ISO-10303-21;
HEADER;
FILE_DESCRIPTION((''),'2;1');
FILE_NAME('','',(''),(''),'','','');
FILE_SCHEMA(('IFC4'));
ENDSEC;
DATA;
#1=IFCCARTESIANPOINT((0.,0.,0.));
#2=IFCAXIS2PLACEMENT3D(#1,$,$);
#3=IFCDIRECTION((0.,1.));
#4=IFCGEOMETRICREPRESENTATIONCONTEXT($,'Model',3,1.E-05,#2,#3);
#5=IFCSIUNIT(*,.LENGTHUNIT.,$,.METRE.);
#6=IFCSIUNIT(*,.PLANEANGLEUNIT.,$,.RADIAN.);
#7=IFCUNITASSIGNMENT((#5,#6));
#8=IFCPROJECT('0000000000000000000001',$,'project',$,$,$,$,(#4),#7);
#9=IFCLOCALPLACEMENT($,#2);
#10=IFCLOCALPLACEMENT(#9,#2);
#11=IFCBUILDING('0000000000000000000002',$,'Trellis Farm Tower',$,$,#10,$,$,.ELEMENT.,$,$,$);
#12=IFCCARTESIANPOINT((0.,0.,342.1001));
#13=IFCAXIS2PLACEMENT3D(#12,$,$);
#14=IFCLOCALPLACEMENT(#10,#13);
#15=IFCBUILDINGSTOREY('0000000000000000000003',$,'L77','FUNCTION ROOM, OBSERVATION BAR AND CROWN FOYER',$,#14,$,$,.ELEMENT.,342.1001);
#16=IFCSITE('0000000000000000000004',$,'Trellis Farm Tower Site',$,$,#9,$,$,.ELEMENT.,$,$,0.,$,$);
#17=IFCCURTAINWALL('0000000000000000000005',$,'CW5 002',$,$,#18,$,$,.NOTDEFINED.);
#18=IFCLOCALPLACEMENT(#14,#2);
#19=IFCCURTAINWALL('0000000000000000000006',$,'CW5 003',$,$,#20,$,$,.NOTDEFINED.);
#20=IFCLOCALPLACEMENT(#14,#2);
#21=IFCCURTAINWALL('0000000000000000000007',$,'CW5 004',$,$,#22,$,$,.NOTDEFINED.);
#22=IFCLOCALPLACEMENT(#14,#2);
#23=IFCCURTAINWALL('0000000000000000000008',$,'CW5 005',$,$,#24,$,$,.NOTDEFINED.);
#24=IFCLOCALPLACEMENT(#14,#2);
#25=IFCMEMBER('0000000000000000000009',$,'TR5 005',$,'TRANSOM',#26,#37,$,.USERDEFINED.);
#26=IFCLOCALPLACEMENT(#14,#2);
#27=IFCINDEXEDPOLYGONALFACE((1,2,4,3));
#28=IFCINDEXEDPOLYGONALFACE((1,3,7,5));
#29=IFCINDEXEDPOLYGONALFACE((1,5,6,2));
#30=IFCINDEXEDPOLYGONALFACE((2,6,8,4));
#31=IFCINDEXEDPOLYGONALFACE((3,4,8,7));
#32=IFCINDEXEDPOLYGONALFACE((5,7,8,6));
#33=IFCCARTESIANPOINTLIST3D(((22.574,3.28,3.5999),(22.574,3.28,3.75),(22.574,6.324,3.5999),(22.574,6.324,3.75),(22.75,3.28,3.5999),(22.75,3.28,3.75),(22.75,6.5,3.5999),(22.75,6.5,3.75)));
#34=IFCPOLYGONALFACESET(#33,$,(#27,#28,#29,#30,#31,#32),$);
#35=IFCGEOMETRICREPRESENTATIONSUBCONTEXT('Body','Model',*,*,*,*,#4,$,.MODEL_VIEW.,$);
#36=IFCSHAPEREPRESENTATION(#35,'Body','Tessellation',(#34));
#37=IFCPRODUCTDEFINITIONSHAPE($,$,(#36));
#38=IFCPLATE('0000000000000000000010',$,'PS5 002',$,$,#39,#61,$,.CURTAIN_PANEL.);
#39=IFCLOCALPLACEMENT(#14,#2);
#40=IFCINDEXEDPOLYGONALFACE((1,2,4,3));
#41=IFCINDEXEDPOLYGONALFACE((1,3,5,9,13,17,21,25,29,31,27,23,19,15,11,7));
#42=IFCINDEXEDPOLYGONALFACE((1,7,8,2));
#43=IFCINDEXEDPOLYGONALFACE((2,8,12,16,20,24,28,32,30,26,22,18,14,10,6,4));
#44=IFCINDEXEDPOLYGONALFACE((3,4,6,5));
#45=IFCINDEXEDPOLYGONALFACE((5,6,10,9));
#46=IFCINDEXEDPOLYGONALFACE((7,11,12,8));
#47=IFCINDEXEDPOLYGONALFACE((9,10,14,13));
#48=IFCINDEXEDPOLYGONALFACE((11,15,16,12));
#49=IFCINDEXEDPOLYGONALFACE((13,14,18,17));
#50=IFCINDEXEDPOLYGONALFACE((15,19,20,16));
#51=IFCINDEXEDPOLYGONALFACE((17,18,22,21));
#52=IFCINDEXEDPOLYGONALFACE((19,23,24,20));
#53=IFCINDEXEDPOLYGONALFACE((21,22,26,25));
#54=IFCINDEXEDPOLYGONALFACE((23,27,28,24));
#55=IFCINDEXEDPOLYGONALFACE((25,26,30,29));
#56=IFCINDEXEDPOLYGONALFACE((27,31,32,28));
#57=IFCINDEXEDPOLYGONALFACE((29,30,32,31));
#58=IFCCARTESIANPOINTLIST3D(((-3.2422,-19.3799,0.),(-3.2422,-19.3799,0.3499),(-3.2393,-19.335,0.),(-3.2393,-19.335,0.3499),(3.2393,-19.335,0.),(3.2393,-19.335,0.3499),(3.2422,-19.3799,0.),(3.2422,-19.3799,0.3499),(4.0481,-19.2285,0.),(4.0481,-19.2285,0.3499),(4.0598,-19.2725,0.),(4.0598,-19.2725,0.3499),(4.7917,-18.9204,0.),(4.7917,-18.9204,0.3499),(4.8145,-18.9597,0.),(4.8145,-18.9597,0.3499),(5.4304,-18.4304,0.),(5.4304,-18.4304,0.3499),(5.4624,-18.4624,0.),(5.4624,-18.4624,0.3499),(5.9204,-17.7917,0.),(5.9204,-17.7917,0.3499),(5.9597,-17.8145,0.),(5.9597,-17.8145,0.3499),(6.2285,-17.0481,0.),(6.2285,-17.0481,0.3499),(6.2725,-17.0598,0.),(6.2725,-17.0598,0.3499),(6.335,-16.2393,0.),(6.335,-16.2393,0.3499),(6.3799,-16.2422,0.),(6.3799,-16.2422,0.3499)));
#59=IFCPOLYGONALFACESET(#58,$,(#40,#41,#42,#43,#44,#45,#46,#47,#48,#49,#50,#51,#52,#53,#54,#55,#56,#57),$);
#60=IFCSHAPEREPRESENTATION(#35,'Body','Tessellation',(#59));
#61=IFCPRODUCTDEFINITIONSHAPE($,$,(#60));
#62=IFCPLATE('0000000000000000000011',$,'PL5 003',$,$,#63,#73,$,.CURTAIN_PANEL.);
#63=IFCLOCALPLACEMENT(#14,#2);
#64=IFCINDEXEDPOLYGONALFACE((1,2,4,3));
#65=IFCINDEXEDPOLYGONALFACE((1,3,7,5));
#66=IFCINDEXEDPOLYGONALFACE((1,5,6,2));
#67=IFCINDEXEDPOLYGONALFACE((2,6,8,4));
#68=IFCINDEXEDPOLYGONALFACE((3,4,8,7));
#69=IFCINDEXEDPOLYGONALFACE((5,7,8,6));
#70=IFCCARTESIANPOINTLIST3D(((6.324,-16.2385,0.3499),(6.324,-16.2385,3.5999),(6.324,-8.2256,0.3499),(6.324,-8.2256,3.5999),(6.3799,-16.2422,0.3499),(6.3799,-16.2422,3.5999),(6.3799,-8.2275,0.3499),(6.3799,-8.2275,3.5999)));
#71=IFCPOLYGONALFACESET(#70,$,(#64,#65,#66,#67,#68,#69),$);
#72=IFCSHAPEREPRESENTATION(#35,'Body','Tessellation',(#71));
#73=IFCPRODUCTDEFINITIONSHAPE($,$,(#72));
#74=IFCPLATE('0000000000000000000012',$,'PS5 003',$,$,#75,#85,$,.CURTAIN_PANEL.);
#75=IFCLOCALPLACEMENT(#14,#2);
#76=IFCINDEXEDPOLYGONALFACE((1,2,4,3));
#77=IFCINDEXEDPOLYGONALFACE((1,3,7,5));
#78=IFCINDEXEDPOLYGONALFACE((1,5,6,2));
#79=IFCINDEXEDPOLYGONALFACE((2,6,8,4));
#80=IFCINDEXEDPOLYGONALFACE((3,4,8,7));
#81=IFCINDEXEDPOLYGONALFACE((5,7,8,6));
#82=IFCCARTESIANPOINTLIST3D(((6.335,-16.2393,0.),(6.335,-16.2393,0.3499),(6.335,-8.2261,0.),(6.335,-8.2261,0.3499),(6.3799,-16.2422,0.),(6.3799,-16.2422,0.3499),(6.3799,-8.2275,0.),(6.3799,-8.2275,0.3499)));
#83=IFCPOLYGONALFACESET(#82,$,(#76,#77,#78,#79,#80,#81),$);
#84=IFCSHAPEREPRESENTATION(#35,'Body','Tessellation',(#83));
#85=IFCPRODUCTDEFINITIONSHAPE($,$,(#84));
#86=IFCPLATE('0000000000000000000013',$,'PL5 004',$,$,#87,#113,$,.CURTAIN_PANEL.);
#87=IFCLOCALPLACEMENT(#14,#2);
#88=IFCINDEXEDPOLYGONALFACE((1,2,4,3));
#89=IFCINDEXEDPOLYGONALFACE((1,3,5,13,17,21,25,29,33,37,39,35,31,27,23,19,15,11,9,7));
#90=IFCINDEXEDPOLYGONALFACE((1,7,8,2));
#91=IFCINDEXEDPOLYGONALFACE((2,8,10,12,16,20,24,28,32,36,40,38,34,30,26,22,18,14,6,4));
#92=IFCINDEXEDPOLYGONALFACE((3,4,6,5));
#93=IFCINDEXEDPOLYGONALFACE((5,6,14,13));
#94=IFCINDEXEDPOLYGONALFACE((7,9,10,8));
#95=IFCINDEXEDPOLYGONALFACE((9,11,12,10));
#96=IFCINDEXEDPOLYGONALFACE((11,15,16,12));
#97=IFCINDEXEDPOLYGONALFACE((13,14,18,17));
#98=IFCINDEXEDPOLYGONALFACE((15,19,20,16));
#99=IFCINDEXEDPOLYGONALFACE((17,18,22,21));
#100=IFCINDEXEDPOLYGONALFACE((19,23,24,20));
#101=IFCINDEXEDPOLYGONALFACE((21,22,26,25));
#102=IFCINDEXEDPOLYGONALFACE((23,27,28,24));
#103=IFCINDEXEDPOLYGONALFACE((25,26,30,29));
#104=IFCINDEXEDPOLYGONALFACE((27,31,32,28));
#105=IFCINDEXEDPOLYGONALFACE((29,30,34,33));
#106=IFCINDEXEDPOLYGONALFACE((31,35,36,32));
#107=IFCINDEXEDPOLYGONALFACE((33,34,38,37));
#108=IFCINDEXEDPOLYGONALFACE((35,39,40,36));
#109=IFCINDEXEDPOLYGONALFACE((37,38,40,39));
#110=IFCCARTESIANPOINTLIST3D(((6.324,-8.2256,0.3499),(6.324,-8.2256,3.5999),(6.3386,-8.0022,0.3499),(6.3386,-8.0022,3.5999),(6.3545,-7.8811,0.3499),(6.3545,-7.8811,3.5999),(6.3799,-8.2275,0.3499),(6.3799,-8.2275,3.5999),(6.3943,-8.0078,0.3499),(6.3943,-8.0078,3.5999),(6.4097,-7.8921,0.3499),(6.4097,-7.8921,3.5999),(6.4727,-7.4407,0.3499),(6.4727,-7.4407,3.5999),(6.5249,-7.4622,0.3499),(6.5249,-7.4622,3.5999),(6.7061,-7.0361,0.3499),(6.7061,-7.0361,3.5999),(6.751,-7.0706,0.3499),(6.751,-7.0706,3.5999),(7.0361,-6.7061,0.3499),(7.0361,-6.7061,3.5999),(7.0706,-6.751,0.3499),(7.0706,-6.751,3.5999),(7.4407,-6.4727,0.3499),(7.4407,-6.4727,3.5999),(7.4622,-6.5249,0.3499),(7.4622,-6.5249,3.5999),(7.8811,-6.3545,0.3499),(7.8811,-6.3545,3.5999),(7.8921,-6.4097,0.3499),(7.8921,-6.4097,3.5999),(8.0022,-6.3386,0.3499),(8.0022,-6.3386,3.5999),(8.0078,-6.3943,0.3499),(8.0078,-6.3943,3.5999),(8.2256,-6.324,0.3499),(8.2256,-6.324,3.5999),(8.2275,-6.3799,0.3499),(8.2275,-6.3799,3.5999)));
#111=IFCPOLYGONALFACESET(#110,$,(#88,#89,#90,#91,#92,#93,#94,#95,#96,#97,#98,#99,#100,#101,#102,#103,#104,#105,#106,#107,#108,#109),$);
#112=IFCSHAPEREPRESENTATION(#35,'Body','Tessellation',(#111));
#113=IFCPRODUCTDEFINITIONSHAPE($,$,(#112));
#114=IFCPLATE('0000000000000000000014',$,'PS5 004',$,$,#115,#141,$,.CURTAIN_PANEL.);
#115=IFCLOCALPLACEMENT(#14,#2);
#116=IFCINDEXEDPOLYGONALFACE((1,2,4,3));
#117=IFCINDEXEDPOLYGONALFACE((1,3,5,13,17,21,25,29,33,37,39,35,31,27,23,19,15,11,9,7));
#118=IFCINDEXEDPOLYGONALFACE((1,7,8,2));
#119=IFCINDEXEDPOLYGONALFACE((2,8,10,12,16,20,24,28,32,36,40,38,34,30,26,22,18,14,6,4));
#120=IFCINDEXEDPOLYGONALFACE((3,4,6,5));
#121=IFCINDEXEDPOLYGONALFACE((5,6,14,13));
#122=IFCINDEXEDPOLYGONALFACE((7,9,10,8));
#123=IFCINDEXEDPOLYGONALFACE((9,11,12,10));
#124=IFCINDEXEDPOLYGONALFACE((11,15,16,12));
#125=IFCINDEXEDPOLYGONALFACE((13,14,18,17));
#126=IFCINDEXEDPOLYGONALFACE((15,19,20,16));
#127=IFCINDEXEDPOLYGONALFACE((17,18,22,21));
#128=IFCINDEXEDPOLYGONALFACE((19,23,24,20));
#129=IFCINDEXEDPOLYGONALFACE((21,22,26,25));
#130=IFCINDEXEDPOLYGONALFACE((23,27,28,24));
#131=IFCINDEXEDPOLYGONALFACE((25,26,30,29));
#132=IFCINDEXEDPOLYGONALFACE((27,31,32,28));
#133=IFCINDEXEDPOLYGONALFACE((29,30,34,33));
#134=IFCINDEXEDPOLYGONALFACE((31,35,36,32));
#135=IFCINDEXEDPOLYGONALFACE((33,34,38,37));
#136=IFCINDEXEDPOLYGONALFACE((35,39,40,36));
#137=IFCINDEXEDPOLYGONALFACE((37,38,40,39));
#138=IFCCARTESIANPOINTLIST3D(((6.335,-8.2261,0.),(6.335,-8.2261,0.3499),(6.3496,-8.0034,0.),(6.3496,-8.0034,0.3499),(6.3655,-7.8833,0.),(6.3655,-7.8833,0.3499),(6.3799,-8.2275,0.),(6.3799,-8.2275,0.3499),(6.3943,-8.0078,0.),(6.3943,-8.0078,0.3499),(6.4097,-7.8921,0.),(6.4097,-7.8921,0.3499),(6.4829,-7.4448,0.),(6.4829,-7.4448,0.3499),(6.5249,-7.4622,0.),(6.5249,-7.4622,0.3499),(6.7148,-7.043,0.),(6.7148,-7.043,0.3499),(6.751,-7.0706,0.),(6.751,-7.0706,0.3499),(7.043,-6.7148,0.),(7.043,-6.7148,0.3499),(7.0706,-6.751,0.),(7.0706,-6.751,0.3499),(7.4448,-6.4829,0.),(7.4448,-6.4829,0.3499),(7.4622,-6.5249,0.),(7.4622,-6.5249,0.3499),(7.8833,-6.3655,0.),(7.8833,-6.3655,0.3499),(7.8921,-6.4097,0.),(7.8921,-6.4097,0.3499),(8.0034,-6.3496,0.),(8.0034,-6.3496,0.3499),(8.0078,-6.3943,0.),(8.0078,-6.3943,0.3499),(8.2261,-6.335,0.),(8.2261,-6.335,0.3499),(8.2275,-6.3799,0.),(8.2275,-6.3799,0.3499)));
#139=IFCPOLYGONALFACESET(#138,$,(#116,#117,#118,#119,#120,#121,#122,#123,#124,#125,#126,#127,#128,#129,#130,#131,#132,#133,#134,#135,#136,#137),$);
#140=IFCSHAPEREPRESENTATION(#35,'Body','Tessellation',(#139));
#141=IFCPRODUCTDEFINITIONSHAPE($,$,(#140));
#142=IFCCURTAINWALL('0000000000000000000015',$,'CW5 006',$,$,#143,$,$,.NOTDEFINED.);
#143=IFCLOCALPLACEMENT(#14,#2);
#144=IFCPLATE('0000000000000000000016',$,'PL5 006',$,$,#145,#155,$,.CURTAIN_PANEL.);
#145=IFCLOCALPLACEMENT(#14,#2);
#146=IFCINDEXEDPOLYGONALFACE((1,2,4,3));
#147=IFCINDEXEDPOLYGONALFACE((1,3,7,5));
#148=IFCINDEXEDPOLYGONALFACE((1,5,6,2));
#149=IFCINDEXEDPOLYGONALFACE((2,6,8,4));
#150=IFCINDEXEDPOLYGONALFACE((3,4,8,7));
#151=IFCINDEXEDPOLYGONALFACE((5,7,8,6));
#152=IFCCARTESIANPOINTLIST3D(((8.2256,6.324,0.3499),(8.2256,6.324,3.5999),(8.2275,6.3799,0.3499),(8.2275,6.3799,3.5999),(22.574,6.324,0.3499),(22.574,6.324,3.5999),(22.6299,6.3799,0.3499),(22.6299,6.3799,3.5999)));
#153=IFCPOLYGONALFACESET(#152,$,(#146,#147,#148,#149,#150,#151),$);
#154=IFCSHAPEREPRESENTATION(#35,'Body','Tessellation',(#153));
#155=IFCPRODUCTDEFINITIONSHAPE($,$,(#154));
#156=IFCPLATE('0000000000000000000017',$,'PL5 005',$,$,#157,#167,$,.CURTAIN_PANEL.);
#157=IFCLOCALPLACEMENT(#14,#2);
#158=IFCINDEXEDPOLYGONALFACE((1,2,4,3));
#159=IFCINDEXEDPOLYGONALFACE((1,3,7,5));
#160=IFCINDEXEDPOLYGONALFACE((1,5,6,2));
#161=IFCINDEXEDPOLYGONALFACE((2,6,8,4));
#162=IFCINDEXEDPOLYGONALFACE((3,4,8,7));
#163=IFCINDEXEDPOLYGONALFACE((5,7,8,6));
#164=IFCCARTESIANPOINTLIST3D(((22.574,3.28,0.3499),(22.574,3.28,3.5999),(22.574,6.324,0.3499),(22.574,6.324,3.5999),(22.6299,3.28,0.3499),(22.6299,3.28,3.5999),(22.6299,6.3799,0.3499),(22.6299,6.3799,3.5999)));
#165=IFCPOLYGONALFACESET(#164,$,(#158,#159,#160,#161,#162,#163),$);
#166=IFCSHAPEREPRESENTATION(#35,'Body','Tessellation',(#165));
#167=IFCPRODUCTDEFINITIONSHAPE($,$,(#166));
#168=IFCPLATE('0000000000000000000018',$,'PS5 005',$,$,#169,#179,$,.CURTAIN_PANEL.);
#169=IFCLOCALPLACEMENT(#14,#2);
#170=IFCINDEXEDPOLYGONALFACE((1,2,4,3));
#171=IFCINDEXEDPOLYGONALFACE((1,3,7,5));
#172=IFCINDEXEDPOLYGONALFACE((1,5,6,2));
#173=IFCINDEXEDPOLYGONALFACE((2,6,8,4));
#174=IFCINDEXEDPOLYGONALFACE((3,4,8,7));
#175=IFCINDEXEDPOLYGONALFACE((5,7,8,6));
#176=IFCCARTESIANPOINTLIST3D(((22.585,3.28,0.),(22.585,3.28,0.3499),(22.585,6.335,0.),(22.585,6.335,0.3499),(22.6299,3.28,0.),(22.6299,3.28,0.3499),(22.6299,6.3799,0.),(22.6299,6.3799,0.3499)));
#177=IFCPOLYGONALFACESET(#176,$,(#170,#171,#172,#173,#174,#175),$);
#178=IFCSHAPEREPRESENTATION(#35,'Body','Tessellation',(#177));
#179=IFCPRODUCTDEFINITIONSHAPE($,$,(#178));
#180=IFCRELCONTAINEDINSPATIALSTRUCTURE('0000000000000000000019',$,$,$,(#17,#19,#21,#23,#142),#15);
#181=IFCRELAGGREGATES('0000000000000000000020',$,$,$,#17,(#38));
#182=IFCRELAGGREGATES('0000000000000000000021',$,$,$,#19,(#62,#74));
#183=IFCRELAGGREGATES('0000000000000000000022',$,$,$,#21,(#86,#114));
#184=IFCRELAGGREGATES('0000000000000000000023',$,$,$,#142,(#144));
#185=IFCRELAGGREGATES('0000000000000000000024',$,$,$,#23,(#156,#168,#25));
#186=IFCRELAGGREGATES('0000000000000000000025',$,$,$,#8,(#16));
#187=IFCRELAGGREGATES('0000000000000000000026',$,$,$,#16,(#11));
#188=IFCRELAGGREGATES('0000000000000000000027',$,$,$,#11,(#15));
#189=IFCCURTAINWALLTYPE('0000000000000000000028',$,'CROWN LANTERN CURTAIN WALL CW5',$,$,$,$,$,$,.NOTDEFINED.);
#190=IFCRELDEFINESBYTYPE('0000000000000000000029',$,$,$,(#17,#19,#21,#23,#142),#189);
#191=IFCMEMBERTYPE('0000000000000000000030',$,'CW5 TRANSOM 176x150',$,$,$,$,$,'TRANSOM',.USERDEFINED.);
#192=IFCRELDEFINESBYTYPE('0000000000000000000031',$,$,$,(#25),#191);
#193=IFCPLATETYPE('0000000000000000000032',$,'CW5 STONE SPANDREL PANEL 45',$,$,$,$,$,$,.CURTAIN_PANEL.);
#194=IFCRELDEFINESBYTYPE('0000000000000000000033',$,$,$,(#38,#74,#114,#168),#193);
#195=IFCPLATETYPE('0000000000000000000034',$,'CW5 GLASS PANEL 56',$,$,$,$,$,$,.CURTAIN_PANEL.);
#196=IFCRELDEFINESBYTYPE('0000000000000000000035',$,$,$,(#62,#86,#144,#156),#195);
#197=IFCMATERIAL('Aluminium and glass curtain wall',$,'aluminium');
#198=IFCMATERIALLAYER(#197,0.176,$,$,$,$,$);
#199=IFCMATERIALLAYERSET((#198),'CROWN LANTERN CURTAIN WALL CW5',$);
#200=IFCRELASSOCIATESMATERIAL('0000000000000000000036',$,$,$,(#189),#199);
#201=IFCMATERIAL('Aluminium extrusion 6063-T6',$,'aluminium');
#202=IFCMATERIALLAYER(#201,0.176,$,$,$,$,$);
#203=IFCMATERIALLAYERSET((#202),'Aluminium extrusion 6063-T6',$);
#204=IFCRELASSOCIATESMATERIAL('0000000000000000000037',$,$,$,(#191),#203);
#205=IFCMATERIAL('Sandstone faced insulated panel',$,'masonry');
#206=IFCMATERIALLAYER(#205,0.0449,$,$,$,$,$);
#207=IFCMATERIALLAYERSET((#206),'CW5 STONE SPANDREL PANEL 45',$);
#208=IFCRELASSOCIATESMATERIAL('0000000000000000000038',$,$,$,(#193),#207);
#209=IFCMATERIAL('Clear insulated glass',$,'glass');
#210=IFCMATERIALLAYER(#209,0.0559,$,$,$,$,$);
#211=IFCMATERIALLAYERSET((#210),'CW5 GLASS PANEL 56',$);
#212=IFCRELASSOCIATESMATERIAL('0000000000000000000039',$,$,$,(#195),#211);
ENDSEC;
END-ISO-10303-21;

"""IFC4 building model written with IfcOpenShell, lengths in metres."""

from ifc_helpers import new_model, si_unit, direction, frame, origin, place, context, subcontext, project, spatial, polyline, outline, extrude, source, transform, mapped, material, layer, layer_set, type_object, element, aggregate, save


model = new_model("IFC4")

# Units and contexts
model_context = context("Model", 3, precision=1e-05, world=origin(), true_north=direction((0.0, 1.0)))
body_context = subcontext(model_context, "Body", "Model", "MODEL_VIEW")
ifc_project = project(units=[si_unit("LENGTHUNIT", "METRE"), si_unit("PLANEANGLEUNIT", "RADIAN")], contexts=[model_context])

# Site, building, storey
site_placement = place(None, origin())
site = spatial("IfcSite", under=ifc_project, at=site_placement, Name="Trellis Farm Tower Site", CompositionType="ELEMENT", RefElevation=0.0)
building_placement = place(site_placement, origin())
building = spatial("IfcBuilding", under=site, at=building_placement, Name="Trellis Farm Tower", CompositionType="ELEMENT")
storey_placement = place(building_placement, frame((0.0, 0.0, 342.1001)))
storey = spatial("IfcBuildingStorey", under=building, at=storey_placement, Name="L77", Description="FUNCTION ROOM, OBSERVATION BAR AND CROWN FOYER", CompositionType="ELEMENT", Elevation=342.1001)

# Curtain wall
ifc_material_1 = material(Name="Aluminium and glass curtain wall", Category="aluminium")
ifc_layer_1 = layer(ifc_material_1, 0.176)
ifc_layer_set_1 = layer_set([ifc_layer_1], Name="CROWN LANTERN CURTAIN WALL CW5")
curtain_wall_type = type_object("IfcCurtainWallType", Name="CROWN LANTERN CURTAIN WALL CW5", PredefinedType="NOTDEFINED", material=ifc_layer_set_1)
placement_1 = place(storey_placement, origin())
curtain_wall_1 = element("IfcCurtainWall", 1, at=placement_1, inside=storey, type_object=curtain_wall_type, Name="CW5 002", PredefinedType="NOTDEFINED")
ifc_material_2 = material(Name="Aluminium extrusion 6063-T6", Category="aluminium")
ifc_layer_2 = layer(ifc_material_2, 0.176)
ifc_layer_set_2 = layer_set([ifc_layer_2], Name="Aluminium extrusion 6063-T6")
member_type_1 = type_object("IfcMemberType", Name="CW5 TRANSOM 176x150", ElementType="TRANSOM", PredefinedType="USERDEFINED", material=ifc_layer_set_2)
placement_2 = place(storey_placement, frame((0.0, 0.0, 3.5999)))

# Curtain walls, member
curtain_wall_2 = element("IfcCurtainWall", 2, at=placement_1, inside=storey, type_object=curtain_wall_type, Name="CW5 003", PredefinedType="NOTDEFINED")
curtain_wall_3 = element("IfcCurtainWall", 3, at=placement_1, inside=storey, type_object=curtain_wall_type, Name="CW5 004", PredefinedType="NOTDEFINED")
curtain_wall_4 = element("IfcCurtainWall", 4, at=placement_1, inside=storey, type_object=curtain_wall_type, Name="CW5 005", PredefinedType="NOTDEFINED")
shared_shape_1 = source(origin(), body_context, "Body", "SweptSolid", [
    extrude(outline(polyline([(22.75, 3.28), (22.75, 6.5), (22.574, 6.324), (22.574, 3.28), (22.75, 3.28)])), origin(), (0.0, 0.0, 1.0), 0.1501),
])
member_1 = element("IfcMember", 5, at=placement_2, type_object=member_type_1, Name="TR5 005", ObjectType="TRANSOM", PredefinedType="USERDEFINED", context=body_context, shape_type="MappedRepresentation", body=[
    mapped(shared_shape_1, transform((0.0, 0.0, 0.0))),
])

# Plates
ifc_material_3 = material(Name="Sandstone faced insulated panel", Category="masonry")
ifc_layer_3 = layer(ifc_material_3, 0.0449)
ifc_layer_set_3 = layer_set([ifc_layer_3], Name="CW5 STONE SPANDREL PANEL 45")
plate_type_1 = type_object("IfcPlateType", Name="CW5 STONE SPANDREL PANEL 45", PredefinedType="CURTAIN_PANEL", material=ifc_layer_set_3)
plate_1 = element("IfcPlate", 6, at=placement_1, type_object=plate_type_1, Name="PS5 002", PredefinedType="CURTAIN_PANEL", context=body_context, shape_type="SweptSolid", body=[
    extrude(outline(polyline([(-3.2422, -19.3799), (3.2422, -19.3799), (4.0598, -19.2725), (4.8145, -18.9597), (5.4624, -18.4624), (5.9597, -17.8145), (6.2725, -17.0598), (6.3799, -16.2422), (6.335, -16.2393), (6.2285, -17.0481), (5.9204, -17.7917), (5.4304, -18.4304), (4.7917, -18.9204), (4.0481, -19.2285), (3.2393, -19.335), (-3.2393, -19.335), (-3.2422, -19.3799)])), origin(), (0.0, 0.0, 1.0), 0.3499),
])
aggregate(curtain_wall_1, [plate_1])
ifc_material_4 = material(Name="Clear insulated glass", Category="glass")
ifc_layer_4 = layer(ifc_material_4, 0.0559)
ifc_layer_set_4 = layer_set([ifc_layer_4], Name="CW5 GLASS PANEL 56")
plate_type_2 = type_object("IfcPlateType", Name="CW5 GLASS PANEL 56", PredefinedType="CURTAIN_PANEL", material=ifc_layer_set_4)
shared_shape_2 = source(origin(), body_context, "Body", "SweptSolid", [
    extrude(outline(polyline([(6.3799, -16.2422), (6.3799, -8.2275), (6.324, -8.2256), (6.324, -16.2385), (6.3799, -16.2422)])), origin(), (0.0, 0.0, 1.0), 3.25),
])
placement_3 = place(storey_placement, frame((0.0, 0.0, 0.3499)))
plate_2 = element("IfcPlate", 7, at=placement_3, type_object=plate_type_2, Name="PL5 003", PredefinedType="CURTAIN_PANEL", context=body_context, shape_type="MappedRepresentation", body=[
    mapped(shared_shape_2, transform((0.0, 0.0, 0.0))),
])
shared_shape_3 = source(origin(), body_context, "Body", "SweptSolid", [
    extrude(outline(polyline([(6.3799, -16.2422), (6.3799, -8.2275), (6.335, -8.2261), (6.335, -16.2393), (6.3799, -16.2422)])), origin(), (0.0, 0.0, 1.0), 0.3499),
])
plate_3 = element("IfcPlate", 8, at=placement_1, type_object=plate_type_1, Name="PS5 003", PredefinedType="CURTAIN_PANEL", context=body_context, shape_type="MappedRepresentation", body=[
    mapped(shared_shape_3, transform((0.0, 0.0, 0.0))),
])
aggregate(curtain_wall_2, [plate_2, plate_3])
shared_shape_4 = source(origin(), body_context, "Body", "SweptSolid", [
    extrude(outline(polyline([(6.3799, -8.2275), (6.3943, -8.0078), (6.4097, -7.8921), (6.5249, -7.4622), (6.751, -7.0706), (7.0706, -6.751), (7.4622, -6.5249), (7.8921, -6.4097), (8.0078, -6.3943), (8.2275, -6.3799), (8.2256, -6.324), (8.0022, -6.3386), (7.8811, -6.3545), (7.4407, -6.4727), (7.0361, -6.7061), (6.7061, -7.0361), (6.4727, -7.4407), (6.3545, -7.8811), (6.3386, -8.0022), (6.324, -8.2256), (6.3799, -8.2275)])), origin(), (0.0, 0.0, 1.0), 3.25),
])
plate_4 = element("IfcPlate", 9, at=placement_3, type_object=plate_type_2, Name="PL5 004", PredefinedType="CURTAIN_PANEL", context=body_context, shape_type="MappedRepresentation", body=[
    mapped(shared_shape_4, transform((0.0, 0.0, 0.0))),
])
shared_shape_5 = source(origin(), body_context, "Body", "SweptSolid", [
    extrude(outline(polyline([(6.3799, -8.2275), (6.3943, -8.0078), (6.4097, -7.8921), (6.5249, -7.4622), (6.751, -7.0706), (7.0706, -6.751), (7.4622, -6.5249), (7.8921, -6.4097), (8.0078, -6.3943), (8.2275, -6.3799), (8.2261, -6.335), (8.0034, -6.3496), (7.8833, -6.3655), (7.4448, -6.4829), (7.043, -6.7148), (6.7148, -7.043), (6.4829, -7.4448), (6.3655, -7.8833), (6.3496, -8.0034), (6.335, -8.2261), (6.3799, -8.2275)])), origin(), (0.0, 0.0, 1.0), 0.3499),
])
plate_5 = element("IfcPlate", 10, at=placement_1, type_object=plate_type_1, Name="PS5 004", PredefinedType="CURTAIN_PANEL", context=body_context, shape_type="MappedRepresentation", body=[
    mapped(shared_shape_5, transform((0.0, 0.0, 0.0))),
])
aggregate(curtain_wall_3, [plate_4, plate_5])

# Curtain wall, plate
curtain_wall_5 = element("IfcCurtainWall", 11, at=placement_1, inside=storey, type_object=curtain_wall_type, Name="CW5 006", PredefinedType="NOTDEFINED")
shared_shape_6 = source(origin(), body_context, "Body", "SweptSolid", [
    extrude(outline(polyline([(22.6299, 6.3799), (8.2275, 6.3799), (8.2256, 6.324), (22.574, 6.324), (22.6299, 6.3799)])), origin(), (0.0, 0.0, 1.0), 3.25),
])
plate_6 = element("IfcPlate", 12, at=placement_3, type_object=plate_type_2, Name="PL5 006", PredefinedType="CURTAIN_PANEL", context=body_context, shape_type="MappedRepresentation", body=[
    mapped(shared_shape_6, transform((0.0, 0.0, 0.0))),
])
aggregate(curtain_wall_5, [plate_6])

# Plates
shared_shape_7 = source(origin(), body_context, "Body", "SweptSolid", [
    extrude(outline(polyline([(22.6299, 3.28), (22.6299, 6.3799), (22.574, 6.324), (22.574, 3.28), (22.6299, 3.28)])), origin(), (0.0, 0.0, 1.0), 3.25),
])
plate_7 = element("IfcPlate", 13, at=placement_3, type_object=plate_type_2, Name="PL5 005", PredefinedType="CURTAIN_PANEL", context=body_context, shape_type="MappedRepresentation", body=[
    mapped(shared_shape_7, transform((0.0, 0.0, 0.0))),
])
shared_shape_8 = source(origin(), body_context, "Body", "SweptSolid", [
    extrude(outline(polyline([(22.6299, 3.28), (22.6299, 6.3799), (22.585, 6.335), (22.585, 3.28), (22.6299, 3.28)])), origin(), (0.0, 0.0, 1.0), 0.3499),
])
plate_8 = element("IfcPlate", 14, at=placement_1, type_object=plate_type_1, Name="PS5 005", PredefinedType="CURTAIN_PANEL", context=body_context, shape_type="MappedRepresentation", body=[
    mapped(shared_shape_8, transform((0.0, 0.0, 0.0))),
])
aggregate(curtain_wall_4, [plate_7, plate_8, member_1])

save(model, "model.ifc")
